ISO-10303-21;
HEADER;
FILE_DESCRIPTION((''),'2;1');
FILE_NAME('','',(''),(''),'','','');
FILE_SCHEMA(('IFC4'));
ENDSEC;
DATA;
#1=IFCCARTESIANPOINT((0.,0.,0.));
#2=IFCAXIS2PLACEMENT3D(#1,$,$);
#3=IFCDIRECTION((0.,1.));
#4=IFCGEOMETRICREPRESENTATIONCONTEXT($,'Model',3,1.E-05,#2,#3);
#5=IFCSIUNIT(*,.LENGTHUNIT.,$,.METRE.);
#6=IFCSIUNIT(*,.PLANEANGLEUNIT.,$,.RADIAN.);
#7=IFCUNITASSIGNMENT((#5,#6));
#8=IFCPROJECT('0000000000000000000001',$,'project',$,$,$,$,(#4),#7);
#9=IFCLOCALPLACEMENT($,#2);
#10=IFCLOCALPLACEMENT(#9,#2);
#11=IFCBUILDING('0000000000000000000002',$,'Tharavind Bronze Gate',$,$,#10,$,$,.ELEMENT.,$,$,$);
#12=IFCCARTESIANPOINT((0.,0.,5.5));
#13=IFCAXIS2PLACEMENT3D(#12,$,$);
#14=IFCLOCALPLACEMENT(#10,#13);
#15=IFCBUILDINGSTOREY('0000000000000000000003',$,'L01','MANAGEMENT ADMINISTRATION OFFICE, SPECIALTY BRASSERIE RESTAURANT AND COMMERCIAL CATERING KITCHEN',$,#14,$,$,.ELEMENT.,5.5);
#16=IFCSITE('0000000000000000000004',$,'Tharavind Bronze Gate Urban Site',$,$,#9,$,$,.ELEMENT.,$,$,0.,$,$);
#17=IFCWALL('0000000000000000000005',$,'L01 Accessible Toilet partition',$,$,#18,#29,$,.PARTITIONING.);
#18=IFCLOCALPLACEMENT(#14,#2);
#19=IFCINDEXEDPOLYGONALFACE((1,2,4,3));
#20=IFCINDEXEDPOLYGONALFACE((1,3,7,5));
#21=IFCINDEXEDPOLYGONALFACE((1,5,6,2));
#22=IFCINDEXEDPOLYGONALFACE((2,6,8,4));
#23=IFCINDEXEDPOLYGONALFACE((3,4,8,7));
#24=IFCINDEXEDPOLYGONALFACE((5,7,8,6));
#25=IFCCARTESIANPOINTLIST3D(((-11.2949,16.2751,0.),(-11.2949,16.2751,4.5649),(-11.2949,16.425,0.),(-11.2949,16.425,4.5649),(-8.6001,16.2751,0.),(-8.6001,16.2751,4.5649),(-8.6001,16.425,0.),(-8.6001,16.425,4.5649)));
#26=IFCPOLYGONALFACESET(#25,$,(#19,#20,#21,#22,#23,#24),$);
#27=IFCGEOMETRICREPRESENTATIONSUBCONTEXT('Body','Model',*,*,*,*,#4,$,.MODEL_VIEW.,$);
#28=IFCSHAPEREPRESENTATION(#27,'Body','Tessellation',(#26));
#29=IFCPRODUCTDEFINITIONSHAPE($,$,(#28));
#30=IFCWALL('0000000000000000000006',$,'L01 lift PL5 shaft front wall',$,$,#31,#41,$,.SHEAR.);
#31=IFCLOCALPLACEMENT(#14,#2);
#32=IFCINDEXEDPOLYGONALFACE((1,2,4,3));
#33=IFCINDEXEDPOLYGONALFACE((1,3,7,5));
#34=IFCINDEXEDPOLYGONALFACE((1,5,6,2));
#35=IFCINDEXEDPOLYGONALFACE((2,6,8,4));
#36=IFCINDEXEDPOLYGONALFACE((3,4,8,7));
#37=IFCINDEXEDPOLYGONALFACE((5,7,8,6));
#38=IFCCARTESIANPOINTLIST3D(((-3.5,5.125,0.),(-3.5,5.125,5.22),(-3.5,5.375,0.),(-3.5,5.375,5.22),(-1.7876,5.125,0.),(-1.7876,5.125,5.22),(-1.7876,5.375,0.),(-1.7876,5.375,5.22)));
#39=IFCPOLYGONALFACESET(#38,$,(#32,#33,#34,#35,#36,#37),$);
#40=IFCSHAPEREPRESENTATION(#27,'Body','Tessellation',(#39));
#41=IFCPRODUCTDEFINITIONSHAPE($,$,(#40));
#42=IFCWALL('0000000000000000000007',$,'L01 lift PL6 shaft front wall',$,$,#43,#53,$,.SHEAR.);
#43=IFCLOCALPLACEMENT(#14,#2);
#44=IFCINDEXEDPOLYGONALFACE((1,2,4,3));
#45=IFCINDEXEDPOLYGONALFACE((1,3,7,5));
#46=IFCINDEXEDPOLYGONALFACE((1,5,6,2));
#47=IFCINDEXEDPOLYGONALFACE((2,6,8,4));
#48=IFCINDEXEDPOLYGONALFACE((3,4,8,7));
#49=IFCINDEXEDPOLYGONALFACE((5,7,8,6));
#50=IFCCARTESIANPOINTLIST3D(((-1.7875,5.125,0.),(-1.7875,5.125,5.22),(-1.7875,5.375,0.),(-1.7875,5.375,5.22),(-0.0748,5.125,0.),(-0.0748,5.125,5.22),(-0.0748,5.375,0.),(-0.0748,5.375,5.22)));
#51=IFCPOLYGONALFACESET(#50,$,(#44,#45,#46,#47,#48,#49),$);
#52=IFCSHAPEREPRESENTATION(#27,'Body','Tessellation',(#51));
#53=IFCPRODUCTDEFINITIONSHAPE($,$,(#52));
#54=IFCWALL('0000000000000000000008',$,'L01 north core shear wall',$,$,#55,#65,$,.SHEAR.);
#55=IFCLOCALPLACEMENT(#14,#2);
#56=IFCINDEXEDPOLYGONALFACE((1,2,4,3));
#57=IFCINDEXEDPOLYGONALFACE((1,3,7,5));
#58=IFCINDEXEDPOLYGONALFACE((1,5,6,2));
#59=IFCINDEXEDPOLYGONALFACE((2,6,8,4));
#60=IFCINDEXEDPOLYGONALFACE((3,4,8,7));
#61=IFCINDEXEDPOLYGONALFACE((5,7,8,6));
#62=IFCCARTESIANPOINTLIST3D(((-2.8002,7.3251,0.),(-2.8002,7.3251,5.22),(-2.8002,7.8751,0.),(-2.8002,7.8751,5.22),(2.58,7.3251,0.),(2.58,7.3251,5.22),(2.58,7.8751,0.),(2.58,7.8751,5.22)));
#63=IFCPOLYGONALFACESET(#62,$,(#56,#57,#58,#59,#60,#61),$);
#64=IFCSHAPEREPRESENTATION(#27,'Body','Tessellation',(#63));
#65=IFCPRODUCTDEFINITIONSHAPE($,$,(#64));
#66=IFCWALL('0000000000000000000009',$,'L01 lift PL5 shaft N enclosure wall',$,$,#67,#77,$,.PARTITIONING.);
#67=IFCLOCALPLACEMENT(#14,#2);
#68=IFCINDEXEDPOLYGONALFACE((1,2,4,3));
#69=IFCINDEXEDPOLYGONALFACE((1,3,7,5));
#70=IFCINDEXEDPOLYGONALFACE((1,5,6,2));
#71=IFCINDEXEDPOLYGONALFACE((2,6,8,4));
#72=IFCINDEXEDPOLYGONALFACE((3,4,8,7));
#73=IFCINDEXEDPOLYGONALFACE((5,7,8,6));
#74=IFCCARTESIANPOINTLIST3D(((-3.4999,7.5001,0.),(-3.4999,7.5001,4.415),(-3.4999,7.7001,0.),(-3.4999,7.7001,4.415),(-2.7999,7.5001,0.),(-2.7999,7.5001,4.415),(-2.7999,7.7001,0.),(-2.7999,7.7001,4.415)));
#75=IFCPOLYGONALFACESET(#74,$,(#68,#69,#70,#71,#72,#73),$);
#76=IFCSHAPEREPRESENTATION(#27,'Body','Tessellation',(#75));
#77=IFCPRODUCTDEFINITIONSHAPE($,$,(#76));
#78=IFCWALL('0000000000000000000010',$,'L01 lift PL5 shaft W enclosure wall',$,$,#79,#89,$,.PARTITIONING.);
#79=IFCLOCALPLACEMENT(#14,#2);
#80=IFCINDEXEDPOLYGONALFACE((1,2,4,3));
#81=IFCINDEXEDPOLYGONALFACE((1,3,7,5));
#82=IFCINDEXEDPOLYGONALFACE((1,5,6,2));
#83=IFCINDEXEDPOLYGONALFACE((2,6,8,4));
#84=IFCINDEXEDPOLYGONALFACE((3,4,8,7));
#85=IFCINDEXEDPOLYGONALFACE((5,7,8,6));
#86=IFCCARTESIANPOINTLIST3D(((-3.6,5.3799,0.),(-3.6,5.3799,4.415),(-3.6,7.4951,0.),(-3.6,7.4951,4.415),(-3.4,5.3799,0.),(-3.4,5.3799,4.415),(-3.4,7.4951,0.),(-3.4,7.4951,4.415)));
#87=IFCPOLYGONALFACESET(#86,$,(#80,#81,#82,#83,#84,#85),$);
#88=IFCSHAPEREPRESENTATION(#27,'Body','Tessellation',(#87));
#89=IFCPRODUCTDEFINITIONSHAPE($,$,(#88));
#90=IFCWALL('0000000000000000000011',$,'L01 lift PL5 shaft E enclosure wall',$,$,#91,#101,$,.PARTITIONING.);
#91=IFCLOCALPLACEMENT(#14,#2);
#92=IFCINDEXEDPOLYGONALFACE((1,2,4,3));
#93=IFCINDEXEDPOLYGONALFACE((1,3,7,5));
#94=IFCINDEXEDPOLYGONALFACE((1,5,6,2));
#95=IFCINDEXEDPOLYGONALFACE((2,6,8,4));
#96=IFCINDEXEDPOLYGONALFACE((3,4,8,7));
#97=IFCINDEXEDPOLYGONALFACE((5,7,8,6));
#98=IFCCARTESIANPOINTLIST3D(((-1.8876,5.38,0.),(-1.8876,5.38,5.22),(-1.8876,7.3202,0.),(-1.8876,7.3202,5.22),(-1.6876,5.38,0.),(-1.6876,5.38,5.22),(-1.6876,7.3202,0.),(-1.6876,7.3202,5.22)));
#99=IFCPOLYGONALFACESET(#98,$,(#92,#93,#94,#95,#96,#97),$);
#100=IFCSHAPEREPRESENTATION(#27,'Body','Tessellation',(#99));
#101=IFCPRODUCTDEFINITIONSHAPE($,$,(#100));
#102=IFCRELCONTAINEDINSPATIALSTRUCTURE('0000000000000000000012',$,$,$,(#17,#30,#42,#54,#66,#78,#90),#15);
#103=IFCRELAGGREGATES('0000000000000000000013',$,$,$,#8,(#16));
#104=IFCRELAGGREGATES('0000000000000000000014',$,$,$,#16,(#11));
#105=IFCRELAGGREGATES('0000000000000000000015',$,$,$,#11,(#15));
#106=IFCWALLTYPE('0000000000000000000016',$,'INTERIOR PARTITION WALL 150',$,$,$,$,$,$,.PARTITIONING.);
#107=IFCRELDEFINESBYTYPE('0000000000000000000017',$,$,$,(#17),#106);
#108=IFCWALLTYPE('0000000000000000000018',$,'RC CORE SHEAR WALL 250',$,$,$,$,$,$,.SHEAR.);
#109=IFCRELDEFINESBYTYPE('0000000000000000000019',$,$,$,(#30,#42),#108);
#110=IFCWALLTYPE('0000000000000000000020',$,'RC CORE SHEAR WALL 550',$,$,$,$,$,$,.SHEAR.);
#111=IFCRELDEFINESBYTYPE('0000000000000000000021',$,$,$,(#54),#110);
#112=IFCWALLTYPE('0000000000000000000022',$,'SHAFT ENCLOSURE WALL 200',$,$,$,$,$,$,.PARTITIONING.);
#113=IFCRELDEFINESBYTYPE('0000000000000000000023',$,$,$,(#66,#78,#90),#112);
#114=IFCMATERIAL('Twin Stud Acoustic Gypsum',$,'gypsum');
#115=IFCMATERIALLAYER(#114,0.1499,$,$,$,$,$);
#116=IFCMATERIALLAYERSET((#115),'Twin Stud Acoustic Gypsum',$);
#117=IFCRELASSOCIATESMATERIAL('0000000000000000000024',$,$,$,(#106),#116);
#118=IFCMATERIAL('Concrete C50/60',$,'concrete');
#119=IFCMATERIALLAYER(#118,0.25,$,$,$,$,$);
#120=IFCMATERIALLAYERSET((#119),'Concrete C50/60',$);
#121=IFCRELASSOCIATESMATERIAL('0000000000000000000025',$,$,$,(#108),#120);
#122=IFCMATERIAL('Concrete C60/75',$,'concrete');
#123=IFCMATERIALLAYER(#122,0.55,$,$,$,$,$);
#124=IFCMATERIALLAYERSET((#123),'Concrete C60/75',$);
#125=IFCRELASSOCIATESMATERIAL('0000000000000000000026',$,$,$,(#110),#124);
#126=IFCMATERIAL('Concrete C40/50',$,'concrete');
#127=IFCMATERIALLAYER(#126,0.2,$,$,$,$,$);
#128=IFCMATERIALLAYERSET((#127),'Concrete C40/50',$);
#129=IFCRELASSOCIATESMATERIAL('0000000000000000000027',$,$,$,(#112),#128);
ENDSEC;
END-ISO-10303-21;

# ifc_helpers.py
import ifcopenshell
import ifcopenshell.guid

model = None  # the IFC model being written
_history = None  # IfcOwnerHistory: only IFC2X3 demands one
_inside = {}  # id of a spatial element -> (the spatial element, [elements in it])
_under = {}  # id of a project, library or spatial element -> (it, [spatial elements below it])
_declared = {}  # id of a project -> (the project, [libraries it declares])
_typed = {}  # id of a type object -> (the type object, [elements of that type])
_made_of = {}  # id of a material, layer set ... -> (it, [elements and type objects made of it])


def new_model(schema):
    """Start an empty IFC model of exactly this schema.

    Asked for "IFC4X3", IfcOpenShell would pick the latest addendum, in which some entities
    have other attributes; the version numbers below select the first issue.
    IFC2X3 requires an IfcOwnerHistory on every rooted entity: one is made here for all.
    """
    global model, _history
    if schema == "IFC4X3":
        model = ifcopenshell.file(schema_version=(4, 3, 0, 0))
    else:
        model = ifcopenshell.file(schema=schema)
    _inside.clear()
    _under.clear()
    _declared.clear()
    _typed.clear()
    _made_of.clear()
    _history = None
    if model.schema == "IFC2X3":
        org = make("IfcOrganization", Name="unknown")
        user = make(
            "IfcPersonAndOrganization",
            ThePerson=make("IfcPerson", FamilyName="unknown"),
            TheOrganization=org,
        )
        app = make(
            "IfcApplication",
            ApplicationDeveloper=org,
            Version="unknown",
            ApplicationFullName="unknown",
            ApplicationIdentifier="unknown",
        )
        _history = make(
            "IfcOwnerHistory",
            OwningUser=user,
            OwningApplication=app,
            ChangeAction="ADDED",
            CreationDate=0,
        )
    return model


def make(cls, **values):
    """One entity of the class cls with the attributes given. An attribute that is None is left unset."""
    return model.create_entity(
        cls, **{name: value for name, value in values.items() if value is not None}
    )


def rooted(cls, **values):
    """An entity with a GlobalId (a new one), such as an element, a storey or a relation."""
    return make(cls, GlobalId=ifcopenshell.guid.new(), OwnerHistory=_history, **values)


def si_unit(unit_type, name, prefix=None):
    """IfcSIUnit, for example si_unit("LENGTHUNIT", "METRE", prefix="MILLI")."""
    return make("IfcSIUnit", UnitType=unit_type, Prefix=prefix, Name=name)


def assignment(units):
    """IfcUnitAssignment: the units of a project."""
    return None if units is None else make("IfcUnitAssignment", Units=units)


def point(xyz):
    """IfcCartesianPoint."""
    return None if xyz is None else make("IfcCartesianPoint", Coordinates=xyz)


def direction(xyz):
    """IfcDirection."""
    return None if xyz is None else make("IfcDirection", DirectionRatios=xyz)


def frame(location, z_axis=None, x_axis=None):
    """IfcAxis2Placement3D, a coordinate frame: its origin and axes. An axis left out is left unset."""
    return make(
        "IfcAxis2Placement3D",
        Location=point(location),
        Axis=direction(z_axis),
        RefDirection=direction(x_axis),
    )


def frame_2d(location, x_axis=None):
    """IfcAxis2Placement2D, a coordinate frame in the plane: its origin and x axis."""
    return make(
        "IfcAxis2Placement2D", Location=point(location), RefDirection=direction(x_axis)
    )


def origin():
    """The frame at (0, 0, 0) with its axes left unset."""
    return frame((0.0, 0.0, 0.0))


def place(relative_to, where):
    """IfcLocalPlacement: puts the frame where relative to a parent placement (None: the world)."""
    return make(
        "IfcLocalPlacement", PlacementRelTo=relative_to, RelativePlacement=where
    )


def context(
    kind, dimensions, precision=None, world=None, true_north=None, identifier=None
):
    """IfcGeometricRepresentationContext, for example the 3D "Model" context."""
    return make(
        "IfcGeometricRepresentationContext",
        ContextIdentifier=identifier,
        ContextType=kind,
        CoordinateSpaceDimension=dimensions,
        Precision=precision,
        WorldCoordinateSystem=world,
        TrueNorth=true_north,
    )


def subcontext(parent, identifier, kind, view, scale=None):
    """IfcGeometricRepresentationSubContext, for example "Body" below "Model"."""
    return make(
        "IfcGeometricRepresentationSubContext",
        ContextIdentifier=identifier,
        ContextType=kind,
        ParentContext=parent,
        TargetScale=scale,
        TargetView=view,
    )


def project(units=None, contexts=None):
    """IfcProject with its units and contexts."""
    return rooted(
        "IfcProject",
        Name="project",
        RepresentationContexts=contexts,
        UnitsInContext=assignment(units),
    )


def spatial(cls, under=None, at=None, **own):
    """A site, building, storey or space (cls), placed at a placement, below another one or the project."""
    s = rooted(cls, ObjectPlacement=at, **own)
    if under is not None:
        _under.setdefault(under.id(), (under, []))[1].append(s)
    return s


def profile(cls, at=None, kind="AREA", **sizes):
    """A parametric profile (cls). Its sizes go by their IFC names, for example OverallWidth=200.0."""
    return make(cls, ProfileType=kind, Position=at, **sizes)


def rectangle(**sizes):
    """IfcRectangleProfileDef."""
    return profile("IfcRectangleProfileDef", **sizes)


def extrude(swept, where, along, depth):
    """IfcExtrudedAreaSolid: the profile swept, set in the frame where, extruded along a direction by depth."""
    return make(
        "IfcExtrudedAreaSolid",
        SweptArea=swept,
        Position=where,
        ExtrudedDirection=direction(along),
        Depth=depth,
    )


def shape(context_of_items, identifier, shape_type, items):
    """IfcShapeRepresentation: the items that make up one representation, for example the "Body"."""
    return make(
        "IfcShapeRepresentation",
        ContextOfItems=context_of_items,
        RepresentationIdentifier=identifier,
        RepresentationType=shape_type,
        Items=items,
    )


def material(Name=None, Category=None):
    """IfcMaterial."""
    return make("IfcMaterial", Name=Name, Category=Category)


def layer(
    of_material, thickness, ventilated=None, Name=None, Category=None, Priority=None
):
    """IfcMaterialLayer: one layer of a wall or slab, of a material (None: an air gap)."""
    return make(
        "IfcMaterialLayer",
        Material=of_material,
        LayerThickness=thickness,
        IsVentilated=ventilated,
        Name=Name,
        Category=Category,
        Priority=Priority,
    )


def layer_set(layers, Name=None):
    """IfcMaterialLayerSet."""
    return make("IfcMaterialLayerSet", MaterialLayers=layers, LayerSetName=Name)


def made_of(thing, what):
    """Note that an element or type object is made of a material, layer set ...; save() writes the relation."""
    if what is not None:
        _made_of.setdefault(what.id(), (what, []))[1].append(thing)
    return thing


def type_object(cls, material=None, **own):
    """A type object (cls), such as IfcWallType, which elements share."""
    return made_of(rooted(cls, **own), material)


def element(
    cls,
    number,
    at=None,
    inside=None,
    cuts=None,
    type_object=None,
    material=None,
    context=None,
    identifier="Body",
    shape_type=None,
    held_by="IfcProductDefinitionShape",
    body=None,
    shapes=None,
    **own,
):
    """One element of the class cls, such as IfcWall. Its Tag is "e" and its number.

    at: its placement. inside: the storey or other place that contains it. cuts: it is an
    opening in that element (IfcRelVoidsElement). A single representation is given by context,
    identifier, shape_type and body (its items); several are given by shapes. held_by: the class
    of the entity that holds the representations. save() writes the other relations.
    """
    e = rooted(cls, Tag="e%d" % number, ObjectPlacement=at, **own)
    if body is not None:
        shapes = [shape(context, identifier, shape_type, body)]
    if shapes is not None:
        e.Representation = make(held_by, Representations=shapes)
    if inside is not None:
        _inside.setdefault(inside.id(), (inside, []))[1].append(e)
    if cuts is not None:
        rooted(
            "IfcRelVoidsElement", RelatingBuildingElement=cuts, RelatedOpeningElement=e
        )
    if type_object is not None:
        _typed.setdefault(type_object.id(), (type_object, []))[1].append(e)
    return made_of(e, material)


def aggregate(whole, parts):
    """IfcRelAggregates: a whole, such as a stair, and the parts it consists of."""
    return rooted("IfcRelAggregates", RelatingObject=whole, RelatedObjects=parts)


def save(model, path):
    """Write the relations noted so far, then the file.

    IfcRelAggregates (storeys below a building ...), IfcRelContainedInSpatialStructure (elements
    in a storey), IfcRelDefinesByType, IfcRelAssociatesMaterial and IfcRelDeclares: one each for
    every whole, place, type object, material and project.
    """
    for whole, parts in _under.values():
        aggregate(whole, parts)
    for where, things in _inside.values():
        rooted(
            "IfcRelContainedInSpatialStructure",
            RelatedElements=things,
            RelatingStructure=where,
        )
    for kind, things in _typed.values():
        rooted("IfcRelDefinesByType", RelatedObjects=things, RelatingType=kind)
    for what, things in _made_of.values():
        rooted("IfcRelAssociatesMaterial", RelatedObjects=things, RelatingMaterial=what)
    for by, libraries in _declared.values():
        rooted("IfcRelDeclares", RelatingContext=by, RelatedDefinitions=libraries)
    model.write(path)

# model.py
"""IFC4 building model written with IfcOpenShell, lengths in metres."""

from ifc_helpers import new_model, si_unit, direction, frame, frame_2d, origin, place, context, subcontext, project, spatial, rectangle, extrude, material, layer, layer_set, type_object, element, save


model = new_model("IFC4")

# Units and contexts
model_context = context("Model", 3, precision=1e-05, world=origin(), true_north=direction((0.0, 1.0)))
body_context = subcontext(model_context, "Body", "Model", "MODEL_VIEW")
ifc_project = project(units=[si_unit("LENGTHUNIT", "METRE"), si_unit("PLANEANGLEUNIT", "RADIAN")], contexts=[model_context])

# Site, building, storey
site_placement = place(None, origin())
site = spatial("IfcSite", under=ifc_project, at=site_placement, Name="Tharavind Bronze Gate Urban Site", CompositionType="ELEMENT", RefElevation=0.0)
building_placement = place(site_placement, origin())
building = spatial("IfcBuilding", under=site, at=building_placement, Name="Tharavind Bronze Gate", CompositionType="ELEMENT")
storey_placement = place(building_placement, frame((0.0, 0.0, 5.5)))
storey = spatial("IfcBuildingStorey", under=building, at=storey_placement, Name="L01", Description="MANAGEMENT ADMINISTRATION OFFICE, SPECIALTY BRASSERIE RESTAURANT AND COMMERCIAL CATERING KITCHEN", CompositionType="ELEMENT", Elevation=5.5)

# Walls
ifc_material_1 = material(Name="Twin Stud Acoustic Gypsum", Category="gypsum")
ifc_layer_1 = layer(ifc_material_1, 0.1499)
ifc_layer_set_1 = layer_set([ifc_layer_1], Name="Twin Stud Acoustic Gypsum")
wall_type_1 = type_object("IfcWallType", Name="INTERIOR PARTITION WALL 150", PredefinedType="PARTITIONING", material=ifc_layer_set_1)
wall_1_placement = place(storey_placement, frame((-11.2949, 16.3501, 0.0), z_axis=(0.0, 0.0, 1.0), x_axis=(1.0, 0.0, 0.0)))
element("IfcWall", 1, at=wall_1_placement, inside=storey, type_object=wall_type_1, Name="L01 Accessible Toilet partition", PredefinedType="PARTITIONING", context=body_context, shape_type="SweptSolid", body=[
    extrude(rectangle(XDim=2.6948, YDim=0.1499, at=frame_2d((1.3474, 0.0))), origin(), (0.0, 0.0, 1.0), 4.5649),
])
ifc_material_2 = material(Name="Concrete C50/60", Category="concrete")
ifc_layer_2 = layer(ifc_material_2, 0.25)
ifc_layer_set_2 = layer_set([ifc_layer_2], Name="Concrete C50/60")
wall_type_2 = type_object("IfcWallType", Name="RC CORE SHEAR WALL 250", PredefinedType="SHEAR", material=ifc_layer_set_2)
wall_2_placement = place(storey_placement, frame((-3.5, 5.25, 0.0), z_axis=(0.0, 0.0, 1.0), x_axis=(1.0, 0.0, 0.0)))
element("IfcWall", 2, at=wall_2_placement, inside=storey, type_object=wall_type_2, Name="L01 lift PL5 shaft front wall", PredefinedType="SHEAR", context=body_context, shape_type="SweptSolid", body=[
    extrude(rectangle(XDim=1.7124, YDim=0.25, at=frame_2d((0.8562, 0.0))), origin(), (0.0, 0.0, 1.0), 5.22),
])
wall_3_placement = place(storey_placement, frame((-1.7876, 5.25, 0.0), z_axis=(0.0, 0.0, 1.0), x_axis=(1.0, 0.0, 0.0)))
element("IfcWall", 3, at=wall_3_placement, inside=storey, type_object=wall_type_2, Name="L01 lift PL6 shaft front wall", PredefinedType="SHEAR", context=body_context, shape_type="SweptSolid", body=[
    extrude(rectangle(XDim=1.7126, YDim=0.25, at=frame_2d((0.8564, 0.0))), origin(), (0.0, 0.0, 1.0), 5.22),
])
ifc_material_3 = material(Name="Concrete C60/75", Category="concrete")
ifc_layer_3 = layer(ifc_material_3, 0.55)
ifc_layer_set_3 = layer_set([ifc_layer_3], Name="Concrete C60/75")
wall_type_3 = type_object("IfcWallType", Name="RC CORE SHEAR WALL 550", PredefinedType="SHEAR", material=ifc_layer_set_3)
wall_4_placement = place(storey_placement, frame((-2.8, 7.6001, 0.0), z_axis=(0.0, 0.0, 1.0), x_axis=(1.0, 0.0, 0.0)))
element("IfcWall", 4, at=wall_4_placement, inside=storey, type_object=wall_type_3, Name="L01 north core shear wall", PredefinedType="SHEAR", context=body_context, shape_type="SweptSolid", body=[
    extrude(rectangle(XDim=5.3801, YDim=0.55, at=frame_2d((2.6899, 0.0))), origin(), (0.0, 0.0, 1.0), 5.22),
])
ifc_material_4 = material(Name="Concrete C40/50", Category="concrete")
ifc_layer_4 = layer(ifc_material_4, 0.2)
ifc_layer_set_4 = layer_set([ifc_layer_4], Name="Concrete C40/50")
wall_type_4 = type_object("IfcWallType", Name="SHAFT ENCLOSURE WALL 200", PredefinedType="PARTITIONING", material=ifc_layer_set_4)
wall_5_placement = place(storey_placement, frame((-3.5, 7.6001, 0.0), z_axis=(0.0, 0.0, 1.0), x_axis=(1.0, 0.0, 0.0)))
element("IfcWall", 5, at=wall_5_placement, inside=storey, type_object=wall_type_4, Name="L01 lift PL5 shaft N enclosure wall", PredefinedType="PARTITIONING", context=body_context, shape_type="SweptSolid", body=[
    extrude(rectangle(XDim=0.7, YDim=0.2, at=frame_2d((0.3501, 0.0))), origin(), (0.0, 0.0, 1.0), 4.415),
])
wall_6_placement = place(storey_placement, frame((-3.5, 5.3799, 0.0), z_axis=(0.0, 0.0, 1.0), x_axis=(0.0, 1.0, 0.0)))
element("IfcWall", 6, at=wall_6_placement, inside=storey, type_object=wall_type_4, Name="L01 lift PL5 shaft W enclosure wall", PredefinedType="PARTITIONING", context=body_context, shape_type="SweptSolid", body=[
    extrude(rectangle(XDim=2.1152, YDim=0.2, at=frame_2d((1.0576, 0.0))), origin(), (0.0, 0.0, 1.0), 4.415),
])
wall_7_placement = place(storey_placement, frame((-1.7876, 5.3799, 0.0), z_axis=(0.0, 0.0, 1.0), x_axis=(0.0, 1.0, 0.0)))
element("IfcWall", 7, at=wall_7_placement, inside=storey, type_object=wall_type_4, Name="L01 lift PL5 shaft E enclosure wall", PredefinedType="PARTITIONING", context=body_context, shape_type="SweptSolid", body=[
    extrude(rectangle(XDim=1.9402, YDim=0.2, at=frame_2d((0.9702, 0.0))), origin(), (0.0, 0.0, 1.0), 5.22),
])

save(model, "model.ifc")
